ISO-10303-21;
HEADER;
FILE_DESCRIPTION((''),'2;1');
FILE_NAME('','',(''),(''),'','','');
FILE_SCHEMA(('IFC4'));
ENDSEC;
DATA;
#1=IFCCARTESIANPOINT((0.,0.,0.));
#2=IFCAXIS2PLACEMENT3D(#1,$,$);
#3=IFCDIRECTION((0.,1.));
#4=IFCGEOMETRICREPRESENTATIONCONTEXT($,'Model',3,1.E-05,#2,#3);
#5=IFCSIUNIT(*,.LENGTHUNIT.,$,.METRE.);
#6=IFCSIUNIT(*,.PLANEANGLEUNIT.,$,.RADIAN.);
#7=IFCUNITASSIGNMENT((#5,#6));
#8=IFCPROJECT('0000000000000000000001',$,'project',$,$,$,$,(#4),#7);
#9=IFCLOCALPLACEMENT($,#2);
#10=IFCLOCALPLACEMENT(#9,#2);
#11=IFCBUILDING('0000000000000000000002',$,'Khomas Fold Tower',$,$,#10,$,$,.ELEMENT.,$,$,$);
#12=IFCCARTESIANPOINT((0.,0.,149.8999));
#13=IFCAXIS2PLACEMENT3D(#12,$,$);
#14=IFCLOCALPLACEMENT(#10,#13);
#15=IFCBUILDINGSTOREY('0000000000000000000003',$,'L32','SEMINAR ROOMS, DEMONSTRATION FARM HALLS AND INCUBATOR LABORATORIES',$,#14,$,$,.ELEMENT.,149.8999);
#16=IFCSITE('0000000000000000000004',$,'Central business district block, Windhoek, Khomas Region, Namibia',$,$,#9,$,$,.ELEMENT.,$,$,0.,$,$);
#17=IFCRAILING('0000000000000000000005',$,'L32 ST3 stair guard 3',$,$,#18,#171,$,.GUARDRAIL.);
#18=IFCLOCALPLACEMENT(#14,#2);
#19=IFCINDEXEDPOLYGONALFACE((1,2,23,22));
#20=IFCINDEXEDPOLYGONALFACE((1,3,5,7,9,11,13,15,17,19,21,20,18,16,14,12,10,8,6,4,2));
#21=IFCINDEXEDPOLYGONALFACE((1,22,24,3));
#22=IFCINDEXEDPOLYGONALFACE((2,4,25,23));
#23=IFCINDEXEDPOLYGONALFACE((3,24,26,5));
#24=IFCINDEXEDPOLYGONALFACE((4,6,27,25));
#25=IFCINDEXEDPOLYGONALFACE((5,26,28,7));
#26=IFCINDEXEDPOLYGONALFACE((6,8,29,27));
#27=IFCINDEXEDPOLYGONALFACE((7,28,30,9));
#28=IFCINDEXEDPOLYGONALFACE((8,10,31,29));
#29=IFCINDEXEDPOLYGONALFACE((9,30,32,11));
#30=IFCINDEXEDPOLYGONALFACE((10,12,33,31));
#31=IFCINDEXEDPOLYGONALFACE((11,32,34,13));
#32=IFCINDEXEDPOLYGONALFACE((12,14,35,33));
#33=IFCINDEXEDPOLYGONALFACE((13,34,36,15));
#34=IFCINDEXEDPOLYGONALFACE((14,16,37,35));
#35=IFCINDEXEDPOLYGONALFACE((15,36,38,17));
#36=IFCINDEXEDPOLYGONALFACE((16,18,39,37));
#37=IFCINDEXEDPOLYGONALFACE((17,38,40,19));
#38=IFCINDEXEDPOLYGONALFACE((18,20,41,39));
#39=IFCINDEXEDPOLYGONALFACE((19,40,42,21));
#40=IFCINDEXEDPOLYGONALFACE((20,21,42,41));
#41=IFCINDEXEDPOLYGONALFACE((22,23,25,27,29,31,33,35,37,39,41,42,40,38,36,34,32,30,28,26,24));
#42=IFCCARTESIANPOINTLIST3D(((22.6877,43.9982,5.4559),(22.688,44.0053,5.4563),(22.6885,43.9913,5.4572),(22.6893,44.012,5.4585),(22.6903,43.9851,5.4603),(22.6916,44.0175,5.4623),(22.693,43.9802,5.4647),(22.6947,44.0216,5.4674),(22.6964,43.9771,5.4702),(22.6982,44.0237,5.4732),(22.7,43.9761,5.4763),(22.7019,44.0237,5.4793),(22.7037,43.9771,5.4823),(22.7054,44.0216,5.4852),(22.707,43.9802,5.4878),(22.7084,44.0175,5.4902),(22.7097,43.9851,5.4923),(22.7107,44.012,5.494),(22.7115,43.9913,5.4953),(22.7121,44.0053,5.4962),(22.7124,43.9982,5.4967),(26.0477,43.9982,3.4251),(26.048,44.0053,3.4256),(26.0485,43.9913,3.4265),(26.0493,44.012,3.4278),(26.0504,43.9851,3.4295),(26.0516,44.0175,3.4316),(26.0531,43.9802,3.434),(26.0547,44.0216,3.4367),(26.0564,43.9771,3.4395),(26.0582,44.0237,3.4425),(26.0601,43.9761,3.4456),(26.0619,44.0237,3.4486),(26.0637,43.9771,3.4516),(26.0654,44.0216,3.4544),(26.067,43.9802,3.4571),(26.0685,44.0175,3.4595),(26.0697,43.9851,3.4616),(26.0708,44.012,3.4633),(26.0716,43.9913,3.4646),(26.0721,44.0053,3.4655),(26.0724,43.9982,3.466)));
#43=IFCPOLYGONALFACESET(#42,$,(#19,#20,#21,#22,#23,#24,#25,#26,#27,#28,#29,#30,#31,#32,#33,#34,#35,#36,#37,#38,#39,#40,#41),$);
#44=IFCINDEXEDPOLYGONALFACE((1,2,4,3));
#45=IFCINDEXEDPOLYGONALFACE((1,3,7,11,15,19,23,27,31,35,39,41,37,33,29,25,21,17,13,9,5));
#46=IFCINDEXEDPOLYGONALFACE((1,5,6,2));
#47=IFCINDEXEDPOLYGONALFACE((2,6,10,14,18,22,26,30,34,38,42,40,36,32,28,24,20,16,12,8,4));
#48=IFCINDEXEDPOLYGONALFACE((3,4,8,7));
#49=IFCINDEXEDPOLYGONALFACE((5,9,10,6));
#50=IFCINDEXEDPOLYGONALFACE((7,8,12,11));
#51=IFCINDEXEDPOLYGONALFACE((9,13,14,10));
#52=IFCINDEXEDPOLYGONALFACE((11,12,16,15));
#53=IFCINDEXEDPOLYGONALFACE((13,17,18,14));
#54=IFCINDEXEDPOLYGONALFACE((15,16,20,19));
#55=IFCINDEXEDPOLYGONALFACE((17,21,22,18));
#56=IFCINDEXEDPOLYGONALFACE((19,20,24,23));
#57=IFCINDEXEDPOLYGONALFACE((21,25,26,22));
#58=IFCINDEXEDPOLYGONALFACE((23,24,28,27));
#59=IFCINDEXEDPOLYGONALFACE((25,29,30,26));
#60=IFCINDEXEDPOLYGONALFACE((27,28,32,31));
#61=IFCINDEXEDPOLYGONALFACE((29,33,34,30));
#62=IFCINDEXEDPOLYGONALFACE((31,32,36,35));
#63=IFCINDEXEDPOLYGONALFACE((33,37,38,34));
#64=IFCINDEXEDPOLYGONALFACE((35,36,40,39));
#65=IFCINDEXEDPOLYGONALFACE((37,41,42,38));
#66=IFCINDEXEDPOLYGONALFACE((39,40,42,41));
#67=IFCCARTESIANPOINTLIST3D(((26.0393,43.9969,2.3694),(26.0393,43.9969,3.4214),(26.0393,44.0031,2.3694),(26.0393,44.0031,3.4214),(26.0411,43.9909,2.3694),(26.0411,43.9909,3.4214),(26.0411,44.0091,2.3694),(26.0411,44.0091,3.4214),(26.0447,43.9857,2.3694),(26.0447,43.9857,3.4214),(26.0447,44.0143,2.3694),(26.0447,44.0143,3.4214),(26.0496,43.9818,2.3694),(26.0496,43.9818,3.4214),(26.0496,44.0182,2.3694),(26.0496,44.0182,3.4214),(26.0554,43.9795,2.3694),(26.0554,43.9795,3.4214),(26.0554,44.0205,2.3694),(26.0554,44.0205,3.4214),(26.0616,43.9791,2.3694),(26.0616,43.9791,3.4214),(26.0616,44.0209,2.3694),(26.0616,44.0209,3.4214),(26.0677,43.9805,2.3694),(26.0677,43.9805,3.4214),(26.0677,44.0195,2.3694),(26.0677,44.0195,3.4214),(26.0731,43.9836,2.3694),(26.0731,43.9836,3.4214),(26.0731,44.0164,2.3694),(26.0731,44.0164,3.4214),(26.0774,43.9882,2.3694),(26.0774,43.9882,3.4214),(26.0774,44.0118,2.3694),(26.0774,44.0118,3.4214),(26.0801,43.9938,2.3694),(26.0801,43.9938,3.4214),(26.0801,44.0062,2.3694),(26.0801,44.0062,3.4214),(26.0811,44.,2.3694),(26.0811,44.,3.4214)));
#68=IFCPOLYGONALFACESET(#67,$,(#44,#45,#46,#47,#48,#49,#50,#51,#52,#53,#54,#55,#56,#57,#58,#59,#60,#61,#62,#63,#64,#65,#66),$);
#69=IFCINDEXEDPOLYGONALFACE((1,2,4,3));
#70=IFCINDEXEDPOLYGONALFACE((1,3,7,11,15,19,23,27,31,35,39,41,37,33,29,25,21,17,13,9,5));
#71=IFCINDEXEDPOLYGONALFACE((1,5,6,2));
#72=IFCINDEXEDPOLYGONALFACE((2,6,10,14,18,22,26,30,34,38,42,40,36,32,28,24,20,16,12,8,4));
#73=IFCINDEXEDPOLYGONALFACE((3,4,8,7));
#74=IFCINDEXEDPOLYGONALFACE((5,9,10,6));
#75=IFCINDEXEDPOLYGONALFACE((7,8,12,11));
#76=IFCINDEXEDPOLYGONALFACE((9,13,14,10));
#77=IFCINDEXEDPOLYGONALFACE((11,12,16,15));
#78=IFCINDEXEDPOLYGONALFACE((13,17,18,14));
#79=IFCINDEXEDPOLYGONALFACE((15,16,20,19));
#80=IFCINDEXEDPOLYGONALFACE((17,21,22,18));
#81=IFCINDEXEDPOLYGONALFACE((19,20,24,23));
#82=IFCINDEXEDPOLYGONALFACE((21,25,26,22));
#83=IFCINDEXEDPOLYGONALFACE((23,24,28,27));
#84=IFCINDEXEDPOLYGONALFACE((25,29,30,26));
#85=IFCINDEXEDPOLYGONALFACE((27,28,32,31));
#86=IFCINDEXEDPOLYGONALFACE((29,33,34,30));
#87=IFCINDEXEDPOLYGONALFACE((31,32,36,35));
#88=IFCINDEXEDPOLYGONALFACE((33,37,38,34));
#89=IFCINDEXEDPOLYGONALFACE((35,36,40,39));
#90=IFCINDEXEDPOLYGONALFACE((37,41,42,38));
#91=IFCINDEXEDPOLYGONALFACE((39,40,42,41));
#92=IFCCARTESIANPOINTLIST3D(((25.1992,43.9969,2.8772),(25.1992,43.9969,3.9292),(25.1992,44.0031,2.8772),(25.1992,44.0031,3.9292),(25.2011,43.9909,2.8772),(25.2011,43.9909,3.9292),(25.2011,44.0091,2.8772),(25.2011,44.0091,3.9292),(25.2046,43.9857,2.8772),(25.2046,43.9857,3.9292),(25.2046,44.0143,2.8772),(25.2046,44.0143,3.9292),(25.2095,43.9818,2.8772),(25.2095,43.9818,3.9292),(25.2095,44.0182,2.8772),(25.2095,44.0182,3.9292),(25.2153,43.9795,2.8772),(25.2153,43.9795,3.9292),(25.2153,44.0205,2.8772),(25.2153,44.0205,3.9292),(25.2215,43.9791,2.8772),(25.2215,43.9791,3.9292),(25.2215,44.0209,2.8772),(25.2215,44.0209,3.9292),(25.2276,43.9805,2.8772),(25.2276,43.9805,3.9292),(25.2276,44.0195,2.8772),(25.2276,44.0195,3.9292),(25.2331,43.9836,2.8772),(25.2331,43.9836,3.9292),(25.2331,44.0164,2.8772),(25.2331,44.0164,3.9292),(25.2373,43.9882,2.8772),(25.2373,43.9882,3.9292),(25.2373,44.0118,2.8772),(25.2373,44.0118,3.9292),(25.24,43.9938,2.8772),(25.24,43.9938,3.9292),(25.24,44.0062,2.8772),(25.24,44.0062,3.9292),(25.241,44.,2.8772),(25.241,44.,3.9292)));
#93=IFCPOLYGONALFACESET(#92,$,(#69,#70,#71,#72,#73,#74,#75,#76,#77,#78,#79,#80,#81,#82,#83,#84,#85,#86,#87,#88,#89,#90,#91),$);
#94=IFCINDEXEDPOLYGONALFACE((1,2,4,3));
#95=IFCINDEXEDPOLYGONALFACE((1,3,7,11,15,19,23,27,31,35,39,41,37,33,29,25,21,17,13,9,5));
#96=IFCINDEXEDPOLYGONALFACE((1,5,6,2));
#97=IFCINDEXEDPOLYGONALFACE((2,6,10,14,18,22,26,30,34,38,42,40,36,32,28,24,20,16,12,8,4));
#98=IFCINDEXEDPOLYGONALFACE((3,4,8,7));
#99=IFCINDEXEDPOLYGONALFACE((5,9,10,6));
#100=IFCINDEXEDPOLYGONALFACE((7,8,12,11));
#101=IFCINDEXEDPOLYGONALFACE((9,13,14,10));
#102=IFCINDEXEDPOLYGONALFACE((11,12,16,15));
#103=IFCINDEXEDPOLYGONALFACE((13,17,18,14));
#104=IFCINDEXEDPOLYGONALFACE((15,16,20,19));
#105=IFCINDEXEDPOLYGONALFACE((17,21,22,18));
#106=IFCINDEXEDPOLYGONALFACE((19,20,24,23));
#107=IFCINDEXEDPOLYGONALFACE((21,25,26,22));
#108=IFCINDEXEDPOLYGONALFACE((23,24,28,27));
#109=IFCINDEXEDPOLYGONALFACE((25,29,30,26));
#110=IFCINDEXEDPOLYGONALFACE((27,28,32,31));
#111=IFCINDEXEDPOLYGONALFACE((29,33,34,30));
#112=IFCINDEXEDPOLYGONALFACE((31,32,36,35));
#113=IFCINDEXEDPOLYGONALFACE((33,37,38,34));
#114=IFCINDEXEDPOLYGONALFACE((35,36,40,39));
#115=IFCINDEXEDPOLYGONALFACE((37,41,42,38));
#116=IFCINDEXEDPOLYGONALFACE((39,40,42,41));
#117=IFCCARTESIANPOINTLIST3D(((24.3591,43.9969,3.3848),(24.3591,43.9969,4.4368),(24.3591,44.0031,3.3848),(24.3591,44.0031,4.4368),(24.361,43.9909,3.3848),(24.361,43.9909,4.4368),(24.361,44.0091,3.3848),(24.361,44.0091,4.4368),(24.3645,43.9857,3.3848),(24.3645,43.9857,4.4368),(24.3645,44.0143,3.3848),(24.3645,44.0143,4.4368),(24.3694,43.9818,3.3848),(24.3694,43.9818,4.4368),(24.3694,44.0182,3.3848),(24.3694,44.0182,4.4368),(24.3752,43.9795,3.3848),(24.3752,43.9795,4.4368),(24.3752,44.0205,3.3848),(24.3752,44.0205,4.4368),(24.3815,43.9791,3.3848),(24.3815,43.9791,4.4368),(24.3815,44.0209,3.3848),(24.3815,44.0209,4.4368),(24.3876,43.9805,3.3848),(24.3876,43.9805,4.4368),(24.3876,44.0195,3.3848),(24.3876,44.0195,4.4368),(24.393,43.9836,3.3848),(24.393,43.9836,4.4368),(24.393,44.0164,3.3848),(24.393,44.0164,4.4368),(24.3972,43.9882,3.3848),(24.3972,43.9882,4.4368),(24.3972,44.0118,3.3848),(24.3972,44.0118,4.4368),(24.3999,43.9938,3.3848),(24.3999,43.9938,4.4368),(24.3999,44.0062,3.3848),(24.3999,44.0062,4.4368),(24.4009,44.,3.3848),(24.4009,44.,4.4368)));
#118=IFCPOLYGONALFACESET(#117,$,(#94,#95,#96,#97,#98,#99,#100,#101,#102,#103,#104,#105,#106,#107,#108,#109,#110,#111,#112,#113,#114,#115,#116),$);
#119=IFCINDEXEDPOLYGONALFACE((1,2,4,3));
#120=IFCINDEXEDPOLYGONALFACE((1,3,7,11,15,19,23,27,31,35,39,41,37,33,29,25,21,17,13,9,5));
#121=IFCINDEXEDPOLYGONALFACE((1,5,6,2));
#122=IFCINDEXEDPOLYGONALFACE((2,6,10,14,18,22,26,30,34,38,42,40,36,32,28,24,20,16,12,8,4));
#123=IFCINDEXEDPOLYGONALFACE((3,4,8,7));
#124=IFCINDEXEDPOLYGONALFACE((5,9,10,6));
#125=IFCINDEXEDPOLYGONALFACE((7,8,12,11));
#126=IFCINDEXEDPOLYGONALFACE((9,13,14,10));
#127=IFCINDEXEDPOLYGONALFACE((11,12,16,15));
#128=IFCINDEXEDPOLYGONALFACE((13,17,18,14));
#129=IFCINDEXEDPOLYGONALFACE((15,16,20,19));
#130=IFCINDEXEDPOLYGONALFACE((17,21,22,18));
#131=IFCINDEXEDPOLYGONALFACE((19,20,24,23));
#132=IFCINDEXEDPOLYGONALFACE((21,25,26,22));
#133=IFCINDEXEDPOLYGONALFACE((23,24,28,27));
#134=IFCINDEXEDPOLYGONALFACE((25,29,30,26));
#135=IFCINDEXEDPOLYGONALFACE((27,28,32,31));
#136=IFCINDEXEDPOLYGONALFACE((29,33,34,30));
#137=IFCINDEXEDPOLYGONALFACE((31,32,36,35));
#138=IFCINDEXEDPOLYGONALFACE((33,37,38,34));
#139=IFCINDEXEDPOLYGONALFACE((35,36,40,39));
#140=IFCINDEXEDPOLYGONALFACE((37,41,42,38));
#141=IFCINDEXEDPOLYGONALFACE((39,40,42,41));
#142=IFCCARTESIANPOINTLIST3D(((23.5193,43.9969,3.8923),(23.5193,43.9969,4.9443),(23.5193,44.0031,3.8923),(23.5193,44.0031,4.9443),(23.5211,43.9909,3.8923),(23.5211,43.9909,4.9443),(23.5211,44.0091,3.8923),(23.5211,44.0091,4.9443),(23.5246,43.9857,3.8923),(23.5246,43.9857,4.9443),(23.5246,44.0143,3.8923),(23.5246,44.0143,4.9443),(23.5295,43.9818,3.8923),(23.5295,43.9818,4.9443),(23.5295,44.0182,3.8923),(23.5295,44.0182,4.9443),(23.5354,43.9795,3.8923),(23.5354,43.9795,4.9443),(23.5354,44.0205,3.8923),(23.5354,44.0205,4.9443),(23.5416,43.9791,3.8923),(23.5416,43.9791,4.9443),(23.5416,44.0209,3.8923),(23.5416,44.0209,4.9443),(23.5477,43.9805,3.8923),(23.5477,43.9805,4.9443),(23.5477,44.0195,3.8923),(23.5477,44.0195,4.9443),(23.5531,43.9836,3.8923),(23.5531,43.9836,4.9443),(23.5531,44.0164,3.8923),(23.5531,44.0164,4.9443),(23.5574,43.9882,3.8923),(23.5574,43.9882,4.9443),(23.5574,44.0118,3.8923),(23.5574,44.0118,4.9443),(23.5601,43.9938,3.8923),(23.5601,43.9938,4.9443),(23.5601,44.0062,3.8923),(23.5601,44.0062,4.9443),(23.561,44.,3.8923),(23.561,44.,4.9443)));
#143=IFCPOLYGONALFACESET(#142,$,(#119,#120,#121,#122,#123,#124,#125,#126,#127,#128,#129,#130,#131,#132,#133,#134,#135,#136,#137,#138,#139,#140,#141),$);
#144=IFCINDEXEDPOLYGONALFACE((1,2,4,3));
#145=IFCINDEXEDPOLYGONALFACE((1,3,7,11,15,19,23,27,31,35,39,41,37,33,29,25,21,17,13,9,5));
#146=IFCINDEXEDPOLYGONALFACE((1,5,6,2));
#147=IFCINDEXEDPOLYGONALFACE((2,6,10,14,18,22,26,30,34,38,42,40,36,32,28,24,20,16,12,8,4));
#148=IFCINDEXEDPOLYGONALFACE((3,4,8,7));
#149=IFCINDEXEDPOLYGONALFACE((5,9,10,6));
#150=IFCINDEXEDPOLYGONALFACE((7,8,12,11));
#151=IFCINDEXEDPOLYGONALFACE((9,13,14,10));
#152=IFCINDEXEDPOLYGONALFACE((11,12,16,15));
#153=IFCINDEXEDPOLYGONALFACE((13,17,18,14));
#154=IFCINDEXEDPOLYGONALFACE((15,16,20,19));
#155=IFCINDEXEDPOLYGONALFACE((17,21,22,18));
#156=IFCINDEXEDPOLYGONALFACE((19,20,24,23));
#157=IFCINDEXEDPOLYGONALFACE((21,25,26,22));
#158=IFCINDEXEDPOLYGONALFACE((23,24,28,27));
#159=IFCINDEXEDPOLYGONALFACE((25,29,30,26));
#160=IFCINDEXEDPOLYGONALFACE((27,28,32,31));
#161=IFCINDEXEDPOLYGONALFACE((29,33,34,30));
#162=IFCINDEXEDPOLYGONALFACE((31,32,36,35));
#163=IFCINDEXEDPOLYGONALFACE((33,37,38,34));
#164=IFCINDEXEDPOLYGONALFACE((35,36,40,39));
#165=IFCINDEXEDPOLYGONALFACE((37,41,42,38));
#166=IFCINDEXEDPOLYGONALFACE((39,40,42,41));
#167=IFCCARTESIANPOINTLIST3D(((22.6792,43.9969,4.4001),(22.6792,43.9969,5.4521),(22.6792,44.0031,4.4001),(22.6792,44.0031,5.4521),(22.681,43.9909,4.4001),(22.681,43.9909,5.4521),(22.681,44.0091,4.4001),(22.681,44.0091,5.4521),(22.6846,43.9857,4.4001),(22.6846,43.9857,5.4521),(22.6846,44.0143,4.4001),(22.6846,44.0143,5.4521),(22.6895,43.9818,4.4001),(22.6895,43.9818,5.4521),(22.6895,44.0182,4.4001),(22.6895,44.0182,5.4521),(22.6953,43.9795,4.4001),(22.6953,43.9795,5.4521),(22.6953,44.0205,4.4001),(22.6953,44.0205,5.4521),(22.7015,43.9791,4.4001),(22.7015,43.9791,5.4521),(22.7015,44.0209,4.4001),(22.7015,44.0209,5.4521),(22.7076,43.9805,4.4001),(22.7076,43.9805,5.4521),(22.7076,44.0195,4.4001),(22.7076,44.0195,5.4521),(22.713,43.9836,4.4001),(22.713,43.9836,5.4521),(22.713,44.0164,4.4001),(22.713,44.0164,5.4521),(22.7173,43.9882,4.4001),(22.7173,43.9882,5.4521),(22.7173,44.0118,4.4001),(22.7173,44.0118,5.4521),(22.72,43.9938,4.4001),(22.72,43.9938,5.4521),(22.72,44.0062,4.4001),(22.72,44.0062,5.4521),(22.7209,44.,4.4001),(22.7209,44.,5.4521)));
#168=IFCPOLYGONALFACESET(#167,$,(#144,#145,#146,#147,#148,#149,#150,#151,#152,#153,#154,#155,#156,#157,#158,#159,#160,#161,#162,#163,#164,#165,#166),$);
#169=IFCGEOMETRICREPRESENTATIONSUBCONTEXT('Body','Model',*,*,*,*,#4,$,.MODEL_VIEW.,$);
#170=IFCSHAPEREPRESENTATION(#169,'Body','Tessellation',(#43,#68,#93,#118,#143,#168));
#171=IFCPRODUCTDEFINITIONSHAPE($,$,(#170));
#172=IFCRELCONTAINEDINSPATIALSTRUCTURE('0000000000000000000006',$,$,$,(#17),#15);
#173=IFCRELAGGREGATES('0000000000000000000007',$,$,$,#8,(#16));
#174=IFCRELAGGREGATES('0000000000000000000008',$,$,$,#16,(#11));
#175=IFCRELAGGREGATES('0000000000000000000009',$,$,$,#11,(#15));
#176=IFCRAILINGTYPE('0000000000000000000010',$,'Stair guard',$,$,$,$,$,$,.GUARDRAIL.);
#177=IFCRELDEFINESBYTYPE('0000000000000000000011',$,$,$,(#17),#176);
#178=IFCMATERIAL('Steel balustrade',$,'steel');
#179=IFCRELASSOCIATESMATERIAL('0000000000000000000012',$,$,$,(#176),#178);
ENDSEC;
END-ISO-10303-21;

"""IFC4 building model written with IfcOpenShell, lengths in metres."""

from ifc_helpers import new_model, si_unit, direction, frame, origin, origin_2d, place, context, subcontext, project, spatial, circle, extrude, source, transform, mapped, material, type_object, element, save


model = new_model("IFC4")

# Units and contexts
model_context = context("Model", 3, precision=1e-05, world=origin(), true_north=direction((0.0, 1.0)))
body_context = subcontext(model_context, "Body", "Model", "MODEL_VIEW")
ifc_project = project(units=[si_unit("LENGTHUNIT", "METRE"), si_unit("PLANEANGLEUNIT", "RADIAN")], contexts=[model_context])

# Site, building, storey
site_placement = place(None, origin())
site = spatial("IfcSite", under=ifc_project, at=site_placement, Name="Central business district block, Windhoek, Khomas Region, Namibia", CompositionType="ELEMENT", RefElevation=0.0)
building_placement = place(site_placement, origin())
building = spatial("IfcBuilding", under=site, at=building_placement, Name="Khomas Fold Tower", CompositionType="ELEMENT")
storey_placement = place(building_placement, frame((0.0, 0.0, 149.8999)))
storey = spatial("IfcBuildingStorey", under=building, at=storey_placement, Name="L32", Description="SEMINAR ROOMS, DEMONSTRATION FARM HALLS AND INCUBATOR LABORATORIES", CompositionType="ELEMENT", Elevation=149.8999)

# Railing
ifc_material_1 = material(Name="Steel balustrade", Category="steel")
railing_type_1 = type_object("IfcRailingType", Name="Stair guard", PredefinedType="GUARDRAIL", material=ifc_material_1)
shared_shape_1 = source(origin(), body_context, "Body", "SweptSolid", [
    extrude(circle(Radius=0.0239, at=origin_2d()), frame((0.0, 0.0, 1.0762), z_axis=(-0.855837, 0.0, 0.517246), x_axis=(0.0, -1.0, 0.0)), (0.0, 0.0, 1.0), 3.926),
    extrude(circle(Radius=0.021, at=origin_2d()), origin(), (0.0, 0.0, 1.0), 1.052),
    extrude(circle(Radius=0.021, at=origin_2d()), frame((-0.8401, 0.0, 0.5078)), (0.0, 0.0, 1.0), 1.052),
    extrude(circle(Radius=0.021, at=origin_2d()), frame((-1.6802, 0.0, 1.0154)), (0.0, 0.0, 1.0), 1.052),
    extrude(circle(Radius=0.021, at=origin_2d()), frame((-2.52, 0.0, 1.5229)), (0.0, 0.0, 1.0), 1.052),
    extrude(circle(Radius=0.021, at=origin_2d()), frame((-3.3601, 0.0, 2.0308)), (0.0, 0.0, 1.0), 1.052),
])
railing_1_placement = place(storey_placement, frame((26.0601, 44.0, 2.3694)))
element("IfcRailing", 1, at=railing_1_placement, inside=storey, type_object=railing_type_1, Name="L32 ST3 stair guard 3", PredefinedType="GUARDRAIL", context=body_context, shape_type="MappedRepresentation", body=[
    mapped(shared_shape_1, transform((0.0, 0.0, 0.0))),
])

save(model, "model.ifc")
